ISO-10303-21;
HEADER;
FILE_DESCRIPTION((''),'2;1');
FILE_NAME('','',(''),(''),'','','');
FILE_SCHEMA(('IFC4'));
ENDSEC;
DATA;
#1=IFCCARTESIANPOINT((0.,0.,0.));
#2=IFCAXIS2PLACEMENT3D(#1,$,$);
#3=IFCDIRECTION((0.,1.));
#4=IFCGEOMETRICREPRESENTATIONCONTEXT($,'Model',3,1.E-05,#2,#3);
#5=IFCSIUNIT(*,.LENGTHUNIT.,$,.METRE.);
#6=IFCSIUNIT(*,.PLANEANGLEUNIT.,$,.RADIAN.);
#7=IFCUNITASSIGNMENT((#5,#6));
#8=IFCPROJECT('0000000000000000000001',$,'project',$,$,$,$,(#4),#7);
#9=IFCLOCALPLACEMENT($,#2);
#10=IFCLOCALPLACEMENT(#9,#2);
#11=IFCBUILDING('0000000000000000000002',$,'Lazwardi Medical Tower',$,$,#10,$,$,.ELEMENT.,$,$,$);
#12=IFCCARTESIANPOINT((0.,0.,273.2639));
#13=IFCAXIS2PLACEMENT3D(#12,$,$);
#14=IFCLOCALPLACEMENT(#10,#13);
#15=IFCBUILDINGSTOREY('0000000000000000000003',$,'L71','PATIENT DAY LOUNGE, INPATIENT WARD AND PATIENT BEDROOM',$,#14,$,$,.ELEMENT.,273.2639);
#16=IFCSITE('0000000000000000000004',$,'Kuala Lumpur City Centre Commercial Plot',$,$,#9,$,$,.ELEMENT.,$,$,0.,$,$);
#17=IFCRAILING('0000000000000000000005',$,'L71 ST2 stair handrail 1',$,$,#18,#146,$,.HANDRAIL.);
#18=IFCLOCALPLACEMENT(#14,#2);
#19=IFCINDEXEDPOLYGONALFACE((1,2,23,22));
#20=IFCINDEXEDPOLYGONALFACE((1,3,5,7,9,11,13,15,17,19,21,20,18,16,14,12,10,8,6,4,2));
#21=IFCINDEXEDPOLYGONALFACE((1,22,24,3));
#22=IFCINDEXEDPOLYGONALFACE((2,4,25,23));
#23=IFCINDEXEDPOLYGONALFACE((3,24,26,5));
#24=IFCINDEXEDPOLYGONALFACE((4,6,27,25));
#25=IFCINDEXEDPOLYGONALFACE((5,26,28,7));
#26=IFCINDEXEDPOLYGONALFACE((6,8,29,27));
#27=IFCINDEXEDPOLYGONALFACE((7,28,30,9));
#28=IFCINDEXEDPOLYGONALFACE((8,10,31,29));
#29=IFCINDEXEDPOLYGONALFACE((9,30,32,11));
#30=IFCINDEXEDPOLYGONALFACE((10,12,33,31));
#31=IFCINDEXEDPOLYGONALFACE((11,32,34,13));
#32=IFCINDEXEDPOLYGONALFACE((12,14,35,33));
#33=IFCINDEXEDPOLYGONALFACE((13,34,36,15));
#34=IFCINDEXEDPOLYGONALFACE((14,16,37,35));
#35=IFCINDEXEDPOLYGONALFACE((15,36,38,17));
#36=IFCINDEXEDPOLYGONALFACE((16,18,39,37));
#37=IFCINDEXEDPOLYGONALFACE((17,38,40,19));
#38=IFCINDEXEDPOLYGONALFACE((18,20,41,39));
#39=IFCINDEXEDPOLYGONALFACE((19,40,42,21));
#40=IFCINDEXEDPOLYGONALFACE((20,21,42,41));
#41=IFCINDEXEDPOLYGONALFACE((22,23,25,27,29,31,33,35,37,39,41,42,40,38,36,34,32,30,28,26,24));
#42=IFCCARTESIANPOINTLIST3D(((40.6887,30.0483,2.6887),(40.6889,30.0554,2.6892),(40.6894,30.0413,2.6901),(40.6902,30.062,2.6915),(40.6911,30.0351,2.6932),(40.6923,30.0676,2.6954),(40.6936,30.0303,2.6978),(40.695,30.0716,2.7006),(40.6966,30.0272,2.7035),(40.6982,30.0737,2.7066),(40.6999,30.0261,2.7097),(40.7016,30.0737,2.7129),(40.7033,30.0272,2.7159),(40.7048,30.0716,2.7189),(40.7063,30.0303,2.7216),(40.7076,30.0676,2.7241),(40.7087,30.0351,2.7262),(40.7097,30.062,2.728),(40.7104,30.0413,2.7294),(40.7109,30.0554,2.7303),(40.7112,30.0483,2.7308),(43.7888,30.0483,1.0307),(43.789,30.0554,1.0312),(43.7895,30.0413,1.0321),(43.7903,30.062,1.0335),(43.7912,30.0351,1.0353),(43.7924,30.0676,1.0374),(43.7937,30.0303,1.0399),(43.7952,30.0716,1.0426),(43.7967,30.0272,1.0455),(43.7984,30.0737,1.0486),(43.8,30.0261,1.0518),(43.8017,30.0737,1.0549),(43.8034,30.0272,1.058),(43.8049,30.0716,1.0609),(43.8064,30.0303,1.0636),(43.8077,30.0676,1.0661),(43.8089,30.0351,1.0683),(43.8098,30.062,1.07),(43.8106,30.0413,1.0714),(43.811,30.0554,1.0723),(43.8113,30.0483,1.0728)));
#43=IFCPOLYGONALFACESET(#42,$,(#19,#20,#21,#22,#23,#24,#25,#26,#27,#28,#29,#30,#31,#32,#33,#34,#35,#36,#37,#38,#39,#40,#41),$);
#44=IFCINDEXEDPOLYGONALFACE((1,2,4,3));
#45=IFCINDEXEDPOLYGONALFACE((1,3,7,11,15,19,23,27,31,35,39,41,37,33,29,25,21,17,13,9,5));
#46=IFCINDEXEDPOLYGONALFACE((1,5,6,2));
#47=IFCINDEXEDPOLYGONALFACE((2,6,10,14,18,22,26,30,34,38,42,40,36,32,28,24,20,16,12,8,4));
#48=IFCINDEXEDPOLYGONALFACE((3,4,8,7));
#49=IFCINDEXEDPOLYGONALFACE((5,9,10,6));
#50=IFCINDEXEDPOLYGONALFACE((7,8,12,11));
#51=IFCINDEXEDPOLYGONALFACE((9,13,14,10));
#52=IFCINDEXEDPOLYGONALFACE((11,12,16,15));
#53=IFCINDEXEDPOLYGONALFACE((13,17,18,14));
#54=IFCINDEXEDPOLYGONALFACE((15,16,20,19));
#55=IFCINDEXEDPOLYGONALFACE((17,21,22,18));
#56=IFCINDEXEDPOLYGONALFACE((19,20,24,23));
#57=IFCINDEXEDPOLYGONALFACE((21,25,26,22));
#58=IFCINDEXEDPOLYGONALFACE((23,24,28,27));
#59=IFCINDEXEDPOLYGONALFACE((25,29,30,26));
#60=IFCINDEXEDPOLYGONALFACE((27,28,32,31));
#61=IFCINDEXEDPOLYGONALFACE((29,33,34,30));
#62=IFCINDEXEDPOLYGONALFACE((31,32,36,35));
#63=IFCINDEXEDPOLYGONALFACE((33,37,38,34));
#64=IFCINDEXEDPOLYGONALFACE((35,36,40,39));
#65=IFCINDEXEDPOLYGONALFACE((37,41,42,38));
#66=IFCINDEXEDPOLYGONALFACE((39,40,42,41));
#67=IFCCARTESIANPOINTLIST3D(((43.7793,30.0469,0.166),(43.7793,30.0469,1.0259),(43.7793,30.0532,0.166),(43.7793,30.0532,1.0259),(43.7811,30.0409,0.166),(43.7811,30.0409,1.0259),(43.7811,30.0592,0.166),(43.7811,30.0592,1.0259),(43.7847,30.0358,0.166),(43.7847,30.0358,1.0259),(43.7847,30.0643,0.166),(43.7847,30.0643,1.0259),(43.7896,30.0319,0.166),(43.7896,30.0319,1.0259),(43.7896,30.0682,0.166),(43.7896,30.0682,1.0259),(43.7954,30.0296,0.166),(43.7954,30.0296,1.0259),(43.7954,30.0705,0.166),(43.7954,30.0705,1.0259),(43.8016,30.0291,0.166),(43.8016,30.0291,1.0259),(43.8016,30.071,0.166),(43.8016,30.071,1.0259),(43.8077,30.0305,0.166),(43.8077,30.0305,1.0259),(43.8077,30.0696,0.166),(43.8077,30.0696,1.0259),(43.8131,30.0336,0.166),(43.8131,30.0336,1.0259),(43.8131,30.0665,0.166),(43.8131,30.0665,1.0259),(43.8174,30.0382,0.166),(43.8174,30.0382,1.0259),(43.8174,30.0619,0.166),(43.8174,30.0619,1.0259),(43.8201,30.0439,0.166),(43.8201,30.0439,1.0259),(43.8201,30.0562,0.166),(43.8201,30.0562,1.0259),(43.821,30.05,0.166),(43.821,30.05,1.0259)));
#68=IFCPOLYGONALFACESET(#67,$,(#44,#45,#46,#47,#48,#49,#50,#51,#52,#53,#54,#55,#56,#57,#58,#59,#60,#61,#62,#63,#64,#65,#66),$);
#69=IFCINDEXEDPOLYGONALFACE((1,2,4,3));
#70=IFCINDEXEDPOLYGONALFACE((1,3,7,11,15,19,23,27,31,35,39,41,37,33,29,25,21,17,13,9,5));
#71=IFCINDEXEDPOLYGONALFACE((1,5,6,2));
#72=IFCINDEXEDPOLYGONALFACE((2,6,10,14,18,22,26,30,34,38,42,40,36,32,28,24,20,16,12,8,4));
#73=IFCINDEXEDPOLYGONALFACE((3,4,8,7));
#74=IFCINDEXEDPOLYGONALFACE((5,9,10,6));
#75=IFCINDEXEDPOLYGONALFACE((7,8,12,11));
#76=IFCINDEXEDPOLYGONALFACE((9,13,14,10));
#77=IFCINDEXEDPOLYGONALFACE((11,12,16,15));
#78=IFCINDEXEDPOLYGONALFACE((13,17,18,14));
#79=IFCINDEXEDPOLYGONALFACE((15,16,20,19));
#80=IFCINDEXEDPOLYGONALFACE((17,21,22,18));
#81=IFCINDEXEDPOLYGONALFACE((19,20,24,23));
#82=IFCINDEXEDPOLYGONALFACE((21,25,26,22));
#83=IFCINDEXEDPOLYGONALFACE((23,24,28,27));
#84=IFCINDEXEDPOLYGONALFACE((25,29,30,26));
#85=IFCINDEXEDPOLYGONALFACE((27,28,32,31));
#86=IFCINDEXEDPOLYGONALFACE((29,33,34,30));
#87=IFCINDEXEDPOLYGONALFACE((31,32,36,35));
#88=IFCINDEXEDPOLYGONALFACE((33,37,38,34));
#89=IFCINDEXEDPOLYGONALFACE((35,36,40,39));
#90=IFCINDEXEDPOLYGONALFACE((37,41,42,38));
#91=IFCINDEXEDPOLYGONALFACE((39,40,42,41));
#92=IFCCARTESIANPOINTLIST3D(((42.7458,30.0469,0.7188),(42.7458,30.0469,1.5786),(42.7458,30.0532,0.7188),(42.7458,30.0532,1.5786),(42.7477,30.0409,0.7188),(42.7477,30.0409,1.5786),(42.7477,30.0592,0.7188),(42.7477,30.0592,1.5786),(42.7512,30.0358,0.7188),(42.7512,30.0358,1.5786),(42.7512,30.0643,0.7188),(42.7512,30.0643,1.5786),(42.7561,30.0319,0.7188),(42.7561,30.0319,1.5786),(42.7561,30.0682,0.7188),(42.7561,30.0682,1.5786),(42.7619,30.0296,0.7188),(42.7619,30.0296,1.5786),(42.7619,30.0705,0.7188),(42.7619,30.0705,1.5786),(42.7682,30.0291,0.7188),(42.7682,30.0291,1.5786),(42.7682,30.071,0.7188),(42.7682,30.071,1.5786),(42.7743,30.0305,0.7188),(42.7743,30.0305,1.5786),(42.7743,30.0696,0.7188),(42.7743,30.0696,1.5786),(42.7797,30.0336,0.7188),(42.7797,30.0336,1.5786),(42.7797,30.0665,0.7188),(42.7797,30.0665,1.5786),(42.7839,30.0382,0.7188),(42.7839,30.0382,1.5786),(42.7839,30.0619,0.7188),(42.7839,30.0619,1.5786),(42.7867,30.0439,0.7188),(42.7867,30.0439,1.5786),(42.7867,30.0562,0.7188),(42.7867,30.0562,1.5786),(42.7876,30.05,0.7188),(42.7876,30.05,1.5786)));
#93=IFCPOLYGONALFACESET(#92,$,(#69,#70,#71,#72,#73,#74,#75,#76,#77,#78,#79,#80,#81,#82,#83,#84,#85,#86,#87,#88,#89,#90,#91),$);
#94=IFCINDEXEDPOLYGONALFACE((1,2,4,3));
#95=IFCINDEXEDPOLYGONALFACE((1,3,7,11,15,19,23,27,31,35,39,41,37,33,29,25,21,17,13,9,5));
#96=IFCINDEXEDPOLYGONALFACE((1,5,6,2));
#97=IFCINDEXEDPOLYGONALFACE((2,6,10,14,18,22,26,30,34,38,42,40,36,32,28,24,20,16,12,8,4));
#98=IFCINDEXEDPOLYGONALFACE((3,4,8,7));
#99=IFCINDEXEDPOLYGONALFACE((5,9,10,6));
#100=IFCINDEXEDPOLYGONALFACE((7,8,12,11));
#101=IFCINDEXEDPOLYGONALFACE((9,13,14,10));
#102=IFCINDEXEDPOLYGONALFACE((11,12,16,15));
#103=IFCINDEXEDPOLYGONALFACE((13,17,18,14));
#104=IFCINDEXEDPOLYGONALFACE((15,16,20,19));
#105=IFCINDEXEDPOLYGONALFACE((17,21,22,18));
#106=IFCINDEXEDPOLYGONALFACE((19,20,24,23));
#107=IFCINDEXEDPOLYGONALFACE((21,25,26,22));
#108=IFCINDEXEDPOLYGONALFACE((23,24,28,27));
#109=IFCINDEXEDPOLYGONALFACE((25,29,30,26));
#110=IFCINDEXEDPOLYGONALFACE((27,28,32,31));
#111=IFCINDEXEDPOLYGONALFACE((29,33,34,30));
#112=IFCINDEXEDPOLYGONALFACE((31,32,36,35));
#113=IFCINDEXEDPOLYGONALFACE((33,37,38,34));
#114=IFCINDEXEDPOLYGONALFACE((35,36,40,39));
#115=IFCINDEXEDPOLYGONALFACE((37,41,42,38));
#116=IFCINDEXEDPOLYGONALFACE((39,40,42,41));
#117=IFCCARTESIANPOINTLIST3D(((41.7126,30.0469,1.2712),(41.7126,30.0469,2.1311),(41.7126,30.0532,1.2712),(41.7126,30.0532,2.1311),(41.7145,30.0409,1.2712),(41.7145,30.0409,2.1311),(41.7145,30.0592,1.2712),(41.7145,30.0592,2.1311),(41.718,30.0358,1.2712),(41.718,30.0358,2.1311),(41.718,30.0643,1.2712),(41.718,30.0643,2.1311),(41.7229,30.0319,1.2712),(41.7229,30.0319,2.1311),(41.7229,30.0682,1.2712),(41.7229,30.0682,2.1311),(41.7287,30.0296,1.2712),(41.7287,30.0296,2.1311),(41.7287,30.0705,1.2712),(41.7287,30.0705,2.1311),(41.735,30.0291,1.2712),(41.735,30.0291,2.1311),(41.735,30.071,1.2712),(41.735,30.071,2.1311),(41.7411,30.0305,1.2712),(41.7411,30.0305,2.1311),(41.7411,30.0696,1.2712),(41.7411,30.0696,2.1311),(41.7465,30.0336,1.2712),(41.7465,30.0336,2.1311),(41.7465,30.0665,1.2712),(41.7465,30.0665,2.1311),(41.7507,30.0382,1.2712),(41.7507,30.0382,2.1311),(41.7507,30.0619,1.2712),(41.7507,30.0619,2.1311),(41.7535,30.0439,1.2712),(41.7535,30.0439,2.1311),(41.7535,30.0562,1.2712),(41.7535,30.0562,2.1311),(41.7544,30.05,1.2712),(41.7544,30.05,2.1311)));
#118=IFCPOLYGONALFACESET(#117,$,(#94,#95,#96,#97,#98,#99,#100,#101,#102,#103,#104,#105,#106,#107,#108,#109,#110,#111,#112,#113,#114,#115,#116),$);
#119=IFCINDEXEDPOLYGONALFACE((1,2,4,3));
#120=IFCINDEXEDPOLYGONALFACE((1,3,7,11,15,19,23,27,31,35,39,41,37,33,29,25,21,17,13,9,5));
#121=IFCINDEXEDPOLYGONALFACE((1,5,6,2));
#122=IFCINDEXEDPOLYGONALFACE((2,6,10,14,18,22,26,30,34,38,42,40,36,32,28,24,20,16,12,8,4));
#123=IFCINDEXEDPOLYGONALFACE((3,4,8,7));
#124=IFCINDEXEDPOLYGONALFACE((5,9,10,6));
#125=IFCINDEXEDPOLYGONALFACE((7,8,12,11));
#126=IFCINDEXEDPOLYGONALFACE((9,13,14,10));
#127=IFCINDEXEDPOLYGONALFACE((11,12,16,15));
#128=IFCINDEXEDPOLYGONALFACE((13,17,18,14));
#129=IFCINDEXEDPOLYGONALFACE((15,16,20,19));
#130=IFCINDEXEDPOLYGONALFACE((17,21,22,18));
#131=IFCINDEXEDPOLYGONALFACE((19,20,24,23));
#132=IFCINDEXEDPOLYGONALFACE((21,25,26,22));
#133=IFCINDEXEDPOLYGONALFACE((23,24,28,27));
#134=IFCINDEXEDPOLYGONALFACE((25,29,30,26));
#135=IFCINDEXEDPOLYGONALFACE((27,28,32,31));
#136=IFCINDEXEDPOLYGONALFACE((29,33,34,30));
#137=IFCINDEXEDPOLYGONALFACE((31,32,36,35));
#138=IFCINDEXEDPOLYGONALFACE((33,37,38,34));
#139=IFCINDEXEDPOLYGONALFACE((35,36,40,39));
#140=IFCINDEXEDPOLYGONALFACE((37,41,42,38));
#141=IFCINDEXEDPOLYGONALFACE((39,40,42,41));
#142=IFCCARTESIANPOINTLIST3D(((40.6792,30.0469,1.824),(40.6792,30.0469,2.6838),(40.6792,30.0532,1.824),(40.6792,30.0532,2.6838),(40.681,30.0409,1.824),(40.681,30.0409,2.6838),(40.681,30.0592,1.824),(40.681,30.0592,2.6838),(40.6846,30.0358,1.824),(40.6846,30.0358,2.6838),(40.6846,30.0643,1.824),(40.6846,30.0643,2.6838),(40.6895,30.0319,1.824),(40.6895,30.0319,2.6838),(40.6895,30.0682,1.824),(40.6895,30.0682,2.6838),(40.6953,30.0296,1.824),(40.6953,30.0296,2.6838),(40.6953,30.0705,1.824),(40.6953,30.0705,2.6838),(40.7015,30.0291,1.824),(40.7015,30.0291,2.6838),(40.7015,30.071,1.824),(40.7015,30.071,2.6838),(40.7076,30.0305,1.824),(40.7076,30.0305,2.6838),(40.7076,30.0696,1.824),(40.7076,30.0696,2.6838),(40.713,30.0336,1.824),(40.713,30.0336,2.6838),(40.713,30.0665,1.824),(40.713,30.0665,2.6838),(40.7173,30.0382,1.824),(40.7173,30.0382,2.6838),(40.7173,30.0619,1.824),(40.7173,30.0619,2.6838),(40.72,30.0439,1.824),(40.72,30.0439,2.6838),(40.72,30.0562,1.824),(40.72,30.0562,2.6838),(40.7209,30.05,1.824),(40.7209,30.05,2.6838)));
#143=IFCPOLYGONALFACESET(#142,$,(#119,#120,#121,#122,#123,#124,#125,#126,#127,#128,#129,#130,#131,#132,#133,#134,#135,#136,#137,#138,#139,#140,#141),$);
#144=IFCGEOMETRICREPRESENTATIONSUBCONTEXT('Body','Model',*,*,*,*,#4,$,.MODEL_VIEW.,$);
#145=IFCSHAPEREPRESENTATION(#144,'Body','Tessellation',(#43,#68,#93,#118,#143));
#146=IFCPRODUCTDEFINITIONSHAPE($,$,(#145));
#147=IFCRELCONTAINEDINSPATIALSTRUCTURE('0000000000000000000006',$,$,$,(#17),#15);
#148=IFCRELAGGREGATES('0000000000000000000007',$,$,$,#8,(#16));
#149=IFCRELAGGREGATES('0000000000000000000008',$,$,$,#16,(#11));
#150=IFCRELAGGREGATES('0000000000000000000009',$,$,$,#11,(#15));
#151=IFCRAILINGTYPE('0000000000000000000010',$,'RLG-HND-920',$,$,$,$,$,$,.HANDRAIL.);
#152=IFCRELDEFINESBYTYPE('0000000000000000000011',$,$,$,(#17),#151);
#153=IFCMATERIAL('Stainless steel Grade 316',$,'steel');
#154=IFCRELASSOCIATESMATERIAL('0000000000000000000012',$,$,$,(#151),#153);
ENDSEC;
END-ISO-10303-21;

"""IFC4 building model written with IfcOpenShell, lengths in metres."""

from ifc_helpers import new_model, si_unit, direction, frame, origin, origin_2d, place, context, subcontext, project, spatial, circle, extrude, material, type_object, element, save


model = new_model("IFC4")

# Units and contexts
model_context = context("Model", 3, precision=1e-05, world=origin(), true_north=direction((0.0, 1.0)))
body_context = subcontext(model_context, "Body", "Model", "MODEL_VIEW")
ifc_project = project(units=[si_unit("LENGTHUNIT", "METRE"), si_unit("PLANEANGLEUNIT", "RADIAN")], contexts=[model_context])

# Site, building, storey
site_placement = place(None, origin())
site = spatial("IfcSite", under=ifc_project, at=site_placement, Name="Kuala Lumpur City Centre Commercial Plot", CompositionType="ELEMENT", RefElevation=0.0)
building_placement = place(site_placement, origin())
building = spatial("IfcBuilding", under=site, at=building_placement, Name="Lazwardi Medical Tower", CompositionType="ELEMENT")
storey_placement = place(building_placement, frame((0.0, 0.0, 273.2639)))
storey = spatial("IfcBuildingStorey", under=building, at=storey_placement, Name="L71", Description="PATIENT DAY LOUNGE, INPATIENT WARD AND PATIENT BEDROOM", CompositionType="ELEMENT", Elevation=273.2639)

# Railing
ifc_material_1 = material(Name="Stainless steel Grade 316", Category="steel")
railing_type_1 = type_object("IfcRailingType", Name="RLG-HND-920", PredefinedType="HANDRAIL", material=ifc_material_1)
railing_1_placement = place(storey_placement, frame((43.8, 30.05, 0.166)))
element("IfcRailing", 1, at=railing_1_placement, inside=storey, type_object=railing_type_1, Name="L71 ST2 stair handrail 1", PredefinedType="HANDRAIL", context=body_context, shape_type="SweptSolid", body=[
    extrude(circle(Radius=0.0239, at=origin_2d()), frame((0.0, 0.0, 0.8857), z_axis=(-0.881812, 0.0, 0.471601), x_axis=(0.0, -1.0, 0.0)), (0.0, 0.0, 1.0), 3.5156),
    extrude(circle(Radius=0.021, at=origin_2d()), origin(), (0.0, 0.0, 1.0), 0.8599),
    extrude(circle(Radius=0.021, at=origin_2d()), frame((-1.0334, 0.0, 0.5527)), (0.0, 0.0, 1.0), 0.8599),
    extrude(circle(Radius=0.021, at=origin_2d()), frame((-2.0667, 0.0, 1.1052)), (0.0, 0.0, 1.0), 0.8599),
    extrude(circle(Radius=0.021, at=origin_2d()), frame((-3.1001, 0.0, 1.658)), (0.0, 0.0, 1.0), 0.8599),
])

save(model, "model.ifc")
